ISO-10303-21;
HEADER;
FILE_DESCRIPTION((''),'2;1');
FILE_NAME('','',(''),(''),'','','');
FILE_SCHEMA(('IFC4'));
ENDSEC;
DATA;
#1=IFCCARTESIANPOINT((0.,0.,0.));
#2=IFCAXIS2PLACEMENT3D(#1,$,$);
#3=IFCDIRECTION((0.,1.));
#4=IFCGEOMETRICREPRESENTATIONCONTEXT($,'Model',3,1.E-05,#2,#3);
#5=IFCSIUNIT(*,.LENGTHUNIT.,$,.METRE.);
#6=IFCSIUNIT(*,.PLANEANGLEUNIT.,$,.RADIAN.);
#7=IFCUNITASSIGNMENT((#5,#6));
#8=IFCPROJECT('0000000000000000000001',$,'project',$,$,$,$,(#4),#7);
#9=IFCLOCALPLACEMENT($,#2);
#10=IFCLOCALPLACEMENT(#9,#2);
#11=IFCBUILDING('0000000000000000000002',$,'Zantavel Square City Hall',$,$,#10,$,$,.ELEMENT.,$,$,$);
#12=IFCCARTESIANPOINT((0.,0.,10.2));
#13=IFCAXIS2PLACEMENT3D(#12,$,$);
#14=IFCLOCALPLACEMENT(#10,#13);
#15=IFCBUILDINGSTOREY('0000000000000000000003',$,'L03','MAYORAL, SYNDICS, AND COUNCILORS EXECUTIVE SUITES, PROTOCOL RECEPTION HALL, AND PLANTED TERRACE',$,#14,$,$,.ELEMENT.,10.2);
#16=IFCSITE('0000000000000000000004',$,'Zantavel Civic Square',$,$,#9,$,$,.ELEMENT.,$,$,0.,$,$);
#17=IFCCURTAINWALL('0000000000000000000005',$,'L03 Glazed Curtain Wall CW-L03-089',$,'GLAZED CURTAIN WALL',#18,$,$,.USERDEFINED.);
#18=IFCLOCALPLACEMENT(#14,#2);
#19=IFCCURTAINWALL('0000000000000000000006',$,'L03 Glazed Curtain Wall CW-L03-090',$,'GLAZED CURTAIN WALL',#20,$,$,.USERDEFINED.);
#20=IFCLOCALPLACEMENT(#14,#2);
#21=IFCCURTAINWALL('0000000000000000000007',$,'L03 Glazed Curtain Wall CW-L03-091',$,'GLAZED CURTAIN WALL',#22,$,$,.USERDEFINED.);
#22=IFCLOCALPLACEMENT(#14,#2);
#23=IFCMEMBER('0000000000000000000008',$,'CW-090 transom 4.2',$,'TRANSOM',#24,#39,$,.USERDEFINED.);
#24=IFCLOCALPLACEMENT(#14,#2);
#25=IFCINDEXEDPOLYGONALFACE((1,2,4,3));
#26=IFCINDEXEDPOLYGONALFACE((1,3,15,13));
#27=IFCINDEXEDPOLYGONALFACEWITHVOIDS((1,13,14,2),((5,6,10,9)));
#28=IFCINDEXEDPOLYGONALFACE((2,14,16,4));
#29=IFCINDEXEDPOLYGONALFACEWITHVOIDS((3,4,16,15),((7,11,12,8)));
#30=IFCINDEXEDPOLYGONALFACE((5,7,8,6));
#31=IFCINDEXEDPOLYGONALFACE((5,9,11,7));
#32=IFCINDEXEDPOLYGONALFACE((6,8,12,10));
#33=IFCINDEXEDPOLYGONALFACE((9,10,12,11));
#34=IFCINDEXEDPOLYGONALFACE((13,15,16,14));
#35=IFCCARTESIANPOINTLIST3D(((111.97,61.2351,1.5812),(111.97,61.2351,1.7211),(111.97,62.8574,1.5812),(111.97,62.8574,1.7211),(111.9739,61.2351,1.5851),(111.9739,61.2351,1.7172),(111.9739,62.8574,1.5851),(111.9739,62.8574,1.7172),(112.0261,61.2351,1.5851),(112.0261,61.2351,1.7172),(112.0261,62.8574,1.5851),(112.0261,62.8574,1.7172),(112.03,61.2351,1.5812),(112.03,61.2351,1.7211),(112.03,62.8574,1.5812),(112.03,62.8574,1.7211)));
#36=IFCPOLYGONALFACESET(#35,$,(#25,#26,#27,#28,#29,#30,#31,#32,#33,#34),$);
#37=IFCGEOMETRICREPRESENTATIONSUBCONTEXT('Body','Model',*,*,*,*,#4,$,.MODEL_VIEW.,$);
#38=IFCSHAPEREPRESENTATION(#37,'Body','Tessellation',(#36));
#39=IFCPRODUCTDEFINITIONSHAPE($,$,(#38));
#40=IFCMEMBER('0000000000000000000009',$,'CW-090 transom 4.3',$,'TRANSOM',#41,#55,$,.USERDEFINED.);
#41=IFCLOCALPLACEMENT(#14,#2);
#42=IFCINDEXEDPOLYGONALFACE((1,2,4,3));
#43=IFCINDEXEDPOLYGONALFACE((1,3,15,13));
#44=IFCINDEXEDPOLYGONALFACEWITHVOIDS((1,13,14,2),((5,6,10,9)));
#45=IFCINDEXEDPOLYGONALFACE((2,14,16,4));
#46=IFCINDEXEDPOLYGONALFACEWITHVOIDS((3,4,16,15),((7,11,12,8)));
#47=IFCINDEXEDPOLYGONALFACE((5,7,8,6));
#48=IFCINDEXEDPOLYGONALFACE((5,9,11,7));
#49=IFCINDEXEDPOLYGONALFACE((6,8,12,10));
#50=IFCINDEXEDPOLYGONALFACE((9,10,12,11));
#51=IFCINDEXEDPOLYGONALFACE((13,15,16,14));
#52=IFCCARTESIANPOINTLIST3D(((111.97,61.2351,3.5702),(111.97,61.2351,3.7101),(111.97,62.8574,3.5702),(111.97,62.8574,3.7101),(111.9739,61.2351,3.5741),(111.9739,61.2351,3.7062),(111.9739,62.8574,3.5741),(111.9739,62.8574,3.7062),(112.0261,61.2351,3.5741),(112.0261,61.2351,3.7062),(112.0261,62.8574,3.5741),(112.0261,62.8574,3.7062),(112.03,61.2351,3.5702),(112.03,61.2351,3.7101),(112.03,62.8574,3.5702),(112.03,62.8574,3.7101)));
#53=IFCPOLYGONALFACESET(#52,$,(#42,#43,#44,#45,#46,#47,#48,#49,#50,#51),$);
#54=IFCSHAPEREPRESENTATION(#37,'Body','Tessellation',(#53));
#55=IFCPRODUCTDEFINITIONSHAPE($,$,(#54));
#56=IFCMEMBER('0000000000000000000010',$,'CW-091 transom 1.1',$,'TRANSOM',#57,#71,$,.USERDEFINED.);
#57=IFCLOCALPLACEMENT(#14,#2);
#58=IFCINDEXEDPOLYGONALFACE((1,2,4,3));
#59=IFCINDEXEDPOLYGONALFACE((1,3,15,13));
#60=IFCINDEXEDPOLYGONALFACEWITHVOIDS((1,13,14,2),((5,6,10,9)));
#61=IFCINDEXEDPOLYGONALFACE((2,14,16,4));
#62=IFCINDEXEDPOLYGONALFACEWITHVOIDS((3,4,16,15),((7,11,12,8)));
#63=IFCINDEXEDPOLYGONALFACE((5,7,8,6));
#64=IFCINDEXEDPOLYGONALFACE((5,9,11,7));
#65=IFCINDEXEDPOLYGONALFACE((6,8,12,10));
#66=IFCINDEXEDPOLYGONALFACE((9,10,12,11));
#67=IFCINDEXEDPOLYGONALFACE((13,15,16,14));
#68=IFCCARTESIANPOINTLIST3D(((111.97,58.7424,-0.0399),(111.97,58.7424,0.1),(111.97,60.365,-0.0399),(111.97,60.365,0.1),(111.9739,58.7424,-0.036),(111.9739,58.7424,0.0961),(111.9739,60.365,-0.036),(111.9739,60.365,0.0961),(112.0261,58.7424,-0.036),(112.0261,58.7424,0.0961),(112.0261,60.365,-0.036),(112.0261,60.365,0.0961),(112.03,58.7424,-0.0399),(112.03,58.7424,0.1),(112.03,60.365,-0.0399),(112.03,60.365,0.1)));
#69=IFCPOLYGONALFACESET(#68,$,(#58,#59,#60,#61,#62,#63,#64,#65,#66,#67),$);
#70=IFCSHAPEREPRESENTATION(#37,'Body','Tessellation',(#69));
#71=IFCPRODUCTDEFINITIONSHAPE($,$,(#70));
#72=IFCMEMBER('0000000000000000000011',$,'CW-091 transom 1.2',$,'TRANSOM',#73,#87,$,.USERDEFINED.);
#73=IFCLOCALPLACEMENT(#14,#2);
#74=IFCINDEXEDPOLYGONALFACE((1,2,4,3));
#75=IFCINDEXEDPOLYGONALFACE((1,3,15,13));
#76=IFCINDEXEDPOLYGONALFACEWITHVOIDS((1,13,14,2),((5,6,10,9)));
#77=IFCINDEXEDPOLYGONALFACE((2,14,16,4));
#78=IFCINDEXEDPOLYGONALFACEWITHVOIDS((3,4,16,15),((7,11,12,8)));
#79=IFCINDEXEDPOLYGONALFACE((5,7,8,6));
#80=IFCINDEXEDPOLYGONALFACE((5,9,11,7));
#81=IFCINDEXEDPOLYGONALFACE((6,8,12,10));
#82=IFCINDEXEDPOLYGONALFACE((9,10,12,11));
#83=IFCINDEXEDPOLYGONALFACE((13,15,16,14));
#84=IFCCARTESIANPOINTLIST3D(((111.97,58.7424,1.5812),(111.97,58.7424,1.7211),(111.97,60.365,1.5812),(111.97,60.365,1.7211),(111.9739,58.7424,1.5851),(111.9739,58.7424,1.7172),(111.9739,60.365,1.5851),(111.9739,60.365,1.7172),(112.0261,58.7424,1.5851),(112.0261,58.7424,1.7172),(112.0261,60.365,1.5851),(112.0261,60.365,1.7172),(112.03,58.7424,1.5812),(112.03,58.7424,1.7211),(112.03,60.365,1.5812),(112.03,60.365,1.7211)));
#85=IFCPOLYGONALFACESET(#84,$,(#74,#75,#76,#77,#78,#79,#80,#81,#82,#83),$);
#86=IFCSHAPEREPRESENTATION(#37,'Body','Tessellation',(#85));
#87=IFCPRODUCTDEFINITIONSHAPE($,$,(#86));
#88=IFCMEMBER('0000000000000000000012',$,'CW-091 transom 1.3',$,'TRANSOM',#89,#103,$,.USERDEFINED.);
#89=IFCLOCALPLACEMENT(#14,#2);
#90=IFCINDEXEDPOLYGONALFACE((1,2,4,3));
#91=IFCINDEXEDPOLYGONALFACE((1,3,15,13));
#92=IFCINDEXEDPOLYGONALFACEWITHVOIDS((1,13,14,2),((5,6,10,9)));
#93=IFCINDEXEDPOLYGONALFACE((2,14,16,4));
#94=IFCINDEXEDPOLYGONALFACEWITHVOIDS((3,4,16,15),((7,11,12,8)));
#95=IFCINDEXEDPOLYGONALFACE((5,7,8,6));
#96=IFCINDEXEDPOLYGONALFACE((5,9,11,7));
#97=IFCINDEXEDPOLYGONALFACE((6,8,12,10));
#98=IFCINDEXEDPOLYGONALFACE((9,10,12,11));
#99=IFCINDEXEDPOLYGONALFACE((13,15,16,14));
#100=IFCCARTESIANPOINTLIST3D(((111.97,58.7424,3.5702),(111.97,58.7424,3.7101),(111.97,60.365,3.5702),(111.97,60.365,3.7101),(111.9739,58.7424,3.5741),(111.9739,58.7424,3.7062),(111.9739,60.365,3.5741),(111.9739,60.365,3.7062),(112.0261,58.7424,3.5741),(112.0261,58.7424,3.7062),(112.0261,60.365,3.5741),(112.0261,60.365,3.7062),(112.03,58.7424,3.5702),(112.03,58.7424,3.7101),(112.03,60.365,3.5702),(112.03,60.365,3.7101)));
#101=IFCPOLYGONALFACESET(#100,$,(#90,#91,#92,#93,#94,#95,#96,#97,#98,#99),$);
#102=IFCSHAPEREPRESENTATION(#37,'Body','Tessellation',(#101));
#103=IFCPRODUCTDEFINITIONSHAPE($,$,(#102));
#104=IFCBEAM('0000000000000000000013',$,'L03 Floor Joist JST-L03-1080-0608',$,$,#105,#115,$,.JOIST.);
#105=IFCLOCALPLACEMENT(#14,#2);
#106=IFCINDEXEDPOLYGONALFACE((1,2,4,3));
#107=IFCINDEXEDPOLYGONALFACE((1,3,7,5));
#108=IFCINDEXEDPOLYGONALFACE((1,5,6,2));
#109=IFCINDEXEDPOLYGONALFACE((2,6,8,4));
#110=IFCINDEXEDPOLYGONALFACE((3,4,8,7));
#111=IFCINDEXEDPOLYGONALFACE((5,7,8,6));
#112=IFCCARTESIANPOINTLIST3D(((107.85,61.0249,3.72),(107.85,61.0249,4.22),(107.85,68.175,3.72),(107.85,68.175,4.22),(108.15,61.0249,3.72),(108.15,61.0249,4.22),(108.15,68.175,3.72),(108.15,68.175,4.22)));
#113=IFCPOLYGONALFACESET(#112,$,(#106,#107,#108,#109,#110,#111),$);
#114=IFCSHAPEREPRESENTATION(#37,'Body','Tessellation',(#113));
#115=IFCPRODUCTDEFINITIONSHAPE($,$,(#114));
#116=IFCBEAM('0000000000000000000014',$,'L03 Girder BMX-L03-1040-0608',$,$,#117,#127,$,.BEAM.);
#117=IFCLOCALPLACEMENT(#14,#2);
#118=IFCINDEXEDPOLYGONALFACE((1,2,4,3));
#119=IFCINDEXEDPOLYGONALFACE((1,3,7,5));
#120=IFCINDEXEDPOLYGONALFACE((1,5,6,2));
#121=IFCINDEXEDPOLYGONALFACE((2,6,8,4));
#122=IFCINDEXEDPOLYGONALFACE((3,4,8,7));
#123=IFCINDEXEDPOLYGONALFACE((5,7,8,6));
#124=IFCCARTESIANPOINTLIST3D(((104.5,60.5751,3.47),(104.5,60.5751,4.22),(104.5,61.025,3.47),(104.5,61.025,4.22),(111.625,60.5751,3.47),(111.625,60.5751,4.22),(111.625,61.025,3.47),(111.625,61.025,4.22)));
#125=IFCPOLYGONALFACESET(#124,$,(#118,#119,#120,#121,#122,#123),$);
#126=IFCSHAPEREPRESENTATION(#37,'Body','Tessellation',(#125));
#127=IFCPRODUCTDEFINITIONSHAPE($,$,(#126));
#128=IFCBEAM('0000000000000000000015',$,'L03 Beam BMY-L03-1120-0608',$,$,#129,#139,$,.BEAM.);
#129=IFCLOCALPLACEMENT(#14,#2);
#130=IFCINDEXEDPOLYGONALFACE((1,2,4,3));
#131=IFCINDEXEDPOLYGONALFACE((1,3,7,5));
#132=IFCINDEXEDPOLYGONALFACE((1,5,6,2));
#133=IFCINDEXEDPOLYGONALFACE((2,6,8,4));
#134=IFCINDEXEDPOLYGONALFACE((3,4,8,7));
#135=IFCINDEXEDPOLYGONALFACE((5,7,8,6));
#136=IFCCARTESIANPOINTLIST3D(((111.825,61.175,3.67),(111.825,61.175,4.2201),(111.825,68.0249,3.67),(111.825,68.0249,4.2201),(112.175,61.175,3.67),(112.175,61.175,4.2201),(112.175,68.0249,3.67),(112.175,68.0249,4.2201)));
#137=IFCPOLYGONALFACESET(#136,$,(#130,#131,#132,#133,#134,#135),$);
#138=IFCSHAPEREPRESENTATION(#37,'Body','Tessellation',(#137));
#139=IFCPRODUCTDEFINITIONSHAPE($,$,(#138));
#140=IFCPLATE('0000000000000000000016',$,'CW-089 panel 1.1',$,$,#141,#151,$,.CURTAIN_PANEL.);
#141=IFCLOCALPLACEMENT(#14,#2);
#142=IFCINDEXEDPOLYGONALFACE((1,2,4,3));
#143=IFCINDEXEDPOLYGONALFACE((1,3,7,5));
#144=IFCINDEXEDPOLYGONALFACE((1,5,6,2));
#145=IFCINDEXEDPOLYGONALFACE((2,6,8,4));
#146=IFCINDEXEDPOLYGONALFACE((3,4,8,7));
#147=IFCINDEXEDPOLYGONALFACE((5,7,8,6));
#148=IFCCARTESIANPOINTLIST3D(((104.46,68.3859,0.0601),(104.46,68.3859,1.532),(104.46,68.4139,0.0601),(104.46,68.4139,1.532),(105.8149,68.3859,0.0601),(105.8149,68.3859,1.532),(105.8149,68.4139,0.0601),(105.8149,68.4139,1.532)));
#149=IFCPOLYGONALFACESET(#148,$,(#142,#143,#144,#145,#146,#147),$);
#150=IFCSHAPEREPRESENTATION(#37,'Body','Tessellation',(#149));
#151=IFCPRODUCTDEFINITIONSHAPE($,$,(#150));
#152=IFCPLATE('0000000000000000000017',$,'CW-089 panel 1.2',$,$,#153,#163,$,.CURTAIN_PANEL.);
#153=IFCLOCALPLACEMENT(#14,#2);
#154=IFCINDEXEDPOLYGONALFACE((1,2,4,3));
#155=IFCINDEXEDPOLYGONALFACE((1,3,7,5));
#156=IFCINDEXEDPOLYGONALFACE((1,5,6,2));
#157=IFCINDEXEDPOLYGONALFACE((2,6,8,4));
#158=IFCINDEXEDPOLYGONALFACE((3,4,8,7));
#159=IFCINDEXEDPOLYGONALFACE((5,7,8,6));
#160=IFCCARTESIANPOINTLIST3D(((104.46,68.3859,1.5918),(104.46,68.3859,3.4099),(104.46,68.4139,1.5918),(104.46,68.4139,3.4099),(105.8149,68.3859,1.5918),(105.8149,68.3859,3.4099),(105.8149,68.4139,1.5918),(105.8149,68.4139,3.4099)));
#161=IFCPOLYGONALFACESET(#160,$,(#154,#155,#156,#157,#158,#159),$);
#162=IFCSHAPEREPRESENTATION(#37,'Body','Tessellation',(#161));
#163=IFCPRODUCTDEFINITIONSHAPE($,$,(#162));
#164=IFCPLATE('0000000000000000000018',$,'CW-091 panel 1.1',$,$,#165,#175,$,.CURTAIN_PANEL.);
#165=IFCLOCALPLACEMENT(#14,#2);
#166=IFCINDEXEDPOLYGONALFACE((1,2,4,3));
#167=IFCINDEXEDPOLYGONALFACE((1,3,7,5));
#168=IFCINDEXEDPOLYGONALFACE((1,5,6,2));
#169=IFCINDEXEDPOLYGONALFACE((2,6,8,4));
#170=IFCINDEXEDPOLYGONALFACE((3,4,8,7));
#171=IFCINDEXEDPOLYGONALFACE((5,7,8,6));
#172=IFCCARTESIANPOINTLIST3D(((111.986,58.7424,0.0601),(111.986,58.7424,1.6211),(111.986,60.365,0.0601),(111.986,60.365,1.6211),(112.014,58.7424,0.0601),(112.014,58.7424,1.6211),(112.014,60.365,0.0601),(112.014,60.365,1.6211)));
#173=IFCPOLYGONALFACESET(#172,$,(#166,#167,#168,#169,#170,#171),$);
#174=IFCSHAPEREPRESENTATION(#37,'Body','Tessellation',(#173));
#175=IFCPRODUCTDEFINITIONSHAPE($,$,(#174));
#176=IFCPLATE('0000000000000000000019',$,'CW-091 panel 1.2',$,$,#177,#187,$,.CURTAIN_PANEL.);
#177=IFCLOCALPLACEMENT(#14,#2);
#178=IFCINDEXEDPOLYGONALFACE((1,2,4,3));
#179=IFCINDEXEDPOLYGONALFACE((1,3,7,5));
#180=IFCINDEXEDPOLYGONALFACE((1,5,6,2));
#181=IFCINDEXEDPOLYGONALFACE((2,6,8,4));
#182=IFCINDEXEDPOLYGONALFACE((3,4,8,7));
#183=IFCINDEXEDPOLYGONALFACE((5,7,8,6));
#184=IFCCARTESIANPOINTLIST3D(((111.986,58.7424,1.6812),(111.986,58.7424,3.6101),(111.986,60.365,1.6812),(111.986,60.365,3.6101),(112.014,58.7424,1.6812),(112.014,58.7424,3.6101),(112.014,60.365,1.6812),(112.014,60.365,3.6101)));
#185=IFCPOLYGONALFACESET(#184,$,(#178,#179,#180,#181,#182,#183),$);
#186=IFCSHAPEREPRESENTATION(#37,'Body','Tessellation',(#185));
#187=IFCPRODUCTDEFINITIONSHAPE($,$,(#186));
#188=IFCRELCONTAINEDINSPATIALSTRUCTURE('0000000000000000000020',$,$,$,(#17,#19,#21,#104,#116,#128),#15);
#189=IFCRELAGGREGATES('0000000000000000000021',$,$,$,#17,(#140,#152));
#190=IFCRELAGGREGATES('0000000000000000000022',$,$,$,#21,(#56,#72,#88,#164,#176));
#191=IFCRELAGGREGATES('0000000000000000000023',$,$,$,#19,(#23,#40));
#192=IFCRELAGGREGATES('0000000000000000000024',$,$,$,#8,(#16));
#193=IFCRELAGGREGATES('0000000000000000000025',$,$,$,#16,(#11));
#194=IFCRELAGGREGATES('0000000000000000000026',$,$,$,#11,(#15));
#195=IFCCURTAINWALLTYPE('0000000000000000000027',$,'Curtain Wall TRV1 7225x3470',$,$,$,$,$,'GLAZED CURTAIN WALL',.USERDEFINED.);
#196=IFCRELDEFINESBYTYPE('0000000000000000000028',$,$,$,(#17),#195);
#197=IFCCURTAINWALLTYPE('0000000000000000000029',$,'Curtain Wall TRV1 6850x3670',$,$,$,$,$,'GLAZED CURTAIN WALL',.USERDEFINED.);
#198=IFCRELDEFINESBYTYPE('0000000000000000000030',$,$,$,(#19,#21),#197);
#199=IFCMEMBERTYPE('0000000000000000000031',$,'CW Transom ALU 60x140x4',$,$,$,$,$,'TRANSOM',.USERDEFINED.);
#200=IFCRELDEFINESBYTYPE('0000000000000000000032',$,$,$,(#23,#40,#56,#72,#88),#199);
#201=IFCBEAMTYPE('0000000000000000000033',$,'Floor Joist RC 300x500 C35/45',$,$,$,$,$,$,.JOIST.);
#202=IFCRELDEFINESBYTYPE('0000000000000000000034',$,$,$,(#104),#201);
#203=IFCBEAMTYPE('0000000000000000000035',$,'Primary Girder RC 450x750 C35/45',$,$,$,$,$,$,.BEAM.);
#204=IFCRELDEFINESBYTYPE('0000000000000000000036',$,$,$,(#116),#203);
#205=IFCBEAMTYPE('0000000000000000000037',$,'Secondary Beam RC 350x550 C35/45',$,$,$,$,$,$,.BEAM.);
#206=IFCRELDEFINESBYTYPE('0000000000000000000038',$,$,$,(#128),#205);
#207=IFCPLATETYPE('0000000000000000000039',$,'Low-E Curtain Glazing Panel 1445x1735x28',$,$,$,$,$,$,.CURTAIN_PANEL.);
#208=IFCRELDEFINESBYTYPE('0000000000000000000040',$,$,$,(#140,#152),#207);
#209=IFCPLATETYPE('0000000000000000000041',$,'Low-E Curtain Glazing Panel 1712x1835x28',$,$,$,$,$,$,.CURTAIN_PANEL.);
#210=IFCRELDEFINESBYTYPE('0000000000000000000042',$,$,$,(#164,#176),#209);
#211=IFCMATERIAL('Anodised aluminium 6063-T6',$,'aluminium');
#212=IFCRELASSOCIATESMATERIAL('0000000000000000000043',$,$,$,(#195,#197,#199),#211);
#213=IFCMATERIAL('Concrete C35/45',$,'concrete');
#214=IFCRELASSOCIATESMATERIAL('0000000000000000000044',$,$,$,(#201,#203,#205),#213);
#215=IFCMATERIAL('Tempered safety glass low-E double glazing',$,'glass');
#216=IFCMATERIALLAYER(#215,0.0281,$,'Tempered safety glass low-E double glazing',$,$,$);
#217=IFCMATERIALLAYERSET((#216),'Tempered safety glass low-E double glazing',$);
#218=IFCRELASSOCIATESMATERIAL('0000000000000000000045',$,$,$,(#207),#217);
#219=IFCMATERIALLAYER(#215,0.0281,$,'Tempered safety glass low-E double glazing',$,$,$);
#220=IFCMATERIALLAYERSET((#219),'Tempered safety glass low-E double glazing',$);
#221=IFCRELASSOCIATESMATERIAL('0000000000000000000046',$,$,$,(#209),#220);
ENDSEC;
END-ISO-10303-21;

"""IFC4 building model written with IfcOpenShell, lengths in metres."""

from ifc_helpers import new_model, si_unit, direction, frame, origin, origin_2d, place, context, subcontext, project, spatial, rectangle, hollow_rectangle, extrude, material, layer, layer_set, material_profile, profile_set, type_object, element, aggregate, save


model = new_model("IFC4")

# Units and contexts
model_context = context("Model", 3, precision=1e-05, world=origin(), true_north=direction((0.0, 1.0)))
body_context = subcontext(model_context, "Body", "Model", "MODEL_VIEW")
ifc_project = project(units=[si_unit("LENGTHUNIT", "METRE"), si_unit("PLANEANGLEUNIT", "RADIAN")], contexts=[model_context])

# Site, building, storey
site_placement = place(None, origin())
site = spatial("IfcSite", under=ifc_project, at=site_placement, Name="Zantavel Civic Square", CompositionType="ELEMENT", RefElevation=0.0)
building_placement = place(site_placement, origin())
building = spatial("IfcBuilding", under=site, at=building_placement, Name="Zantavel Square City Hall", CompositionType="ELEMENT")
storey_placement = place(building_placement, frame((0.0, 0.0, 10.2)))
storey = spatial("IfcBuildingStorey", under=building, at=storey_placement, Name="L03", Description="MAYORAL, SYNDICS, AND COUNCILORS EXECUTIVE SUITES, PROTOCOL RECEPTION HALL, AND PLANTED TERRACE", CompositionType="ELEMENT", Elevation=10.2)

# Curtain wall
ifc_material_1 = material(Name="Anodised aluminium 6063-T6", Category="aluminium")
curtain_wall_type_1 = type_object("IfcCurtainWallType", Name="Curtain Wall TRV1 7225x3470", ElementType="GLAZED CURTAIN WALL", PredefinedType="USERDEFINED", material=ifc_material_1)
curtain_wall_1_placement = place(storey_placement, origin())
curtain_wall_1 = element("IfcCurtainWall", 1, at=curtain_wall_1_placement, inside=storey, type_object=curtain_wall_type_1, Name="L03 Glazed Curtain Wall CW-L03-089", ObjectType="GLAZED CURTAIN WALL", PredefinedType="USERDEFINED")

# Curtain wall
curtain_wall_type_2 = type_object("IfcCurtainWallType", Name="Curtain Wall TRV1 6850x3670", ElementType="GLAZED CURTAIN WALL", PredefinedType="USERDEFINED", material=ifc_material_1)
curtain_wall_2_placement = place(storey_placement, origin())
curtain_wall_2 = element("IfcCurtainWall", 2, at=curtain_wall_2_placement, inside=storey, type_object=curtain_wall_type_2, Name="L03 Glazed Curtain Wall CW-L03-090", ObjectType="GLAZED CURTAIN WALL", PredefinedType="USERDEFINED")

# Curtain wall
curtain_wall_3_placement = place(storey_placement, origin())
curtain_wall_3 = element("IfcCurtainWall", 3, at=curtain_wall_3_placement, inside=storey, type_object=curtain_wall_type_2, Name="L03 Glazed Curtain Wall CW-L03-091", ObjectType="GLAZED CURTAIN WALL", PredefinedType="USERDEFINED")

# Members
ifc_material_profile_1 = material_profile(ifc_material_1, hollow_rectangle(XDim=0.0601, YDim=0.1399, WallThickness=0.0039, at=origin_2d()), Name="ALU 60x140x4")
ifc_profile_set_1 = profile_set([ifc_material_profile_1], Name="Anodised aluminium 6063-T6")
member_type_1 = type_object("IfcMemberType", Name="CW Transom ALU 60x140x4", ElementType="TRANSOM", PredefinedType="USERDEFINED", material=ifc_profile_set_1)
member_1_placement = place(storey_placement, frame((112.0, 62.8574, 1.6511), z_axis=(0.0, -1.0, 0.0), x_axis=(1.0, 0.0, 0.0)))
member_1 = element("IfcMember", 4, at=member_1_placement, type_object=member_type_1, Name="CW-090 transom 4.2", ObjectType="TRANSOM", PredefinedType="USERDEFINED", context=body_context, shape_type="SweptSolid", body=[
    extrude(hollow_rectangle(XDim=0.0601, YDim=0.1399, WallThickness=0.0039, at=origin_2d()), origin(), (0.0, 0.0, 1.0), 1.6223),
])
member_2_placement = place(storey_placement, frame((112.0, 62.8574, 3.6401), z_axis=(0.0, -1.0, 0.0), x_axis=(1.0, 0.0, 0.0)))
member_2 = element("IfcMember", 5, at=member_2_placement, type_object=member_type_1, Name="CW-090 transom 4.3", ObjectType="TRANSOM", PredefinedType="USERDEFINED", context=body_context, shape_type="SweptSolid", body=[
    extrude(hollow_rectangle(XDim=0.0601, YDim=0.1399, WallThickness=0.0039, at=origin_2d()), origin(), (0.0, 0.0, 1.0), 1.6223),
])
member_3_placement = place(storey_placement, frame((112.0, 60.365, 0.03), z_axis=(0.0, -1.0, 0.0), x_axis=(1.0, 0.0, 0.0)))
member_3 = element("IfcMember", 6, at=member_3_placement, type_object=member_type_1, Name="CW-091 transom 1.1", ObjectType="TRANSOM", PredefinedType="USERDEFINED", context=body_context, shape_type="SweptSolid", body=[
    extrude(hollow_rectangle(XDim=0.0601, YDim=0.1399, WallThickness=0.0039, at=origin_2d()), origin(), (0.0, 0.0, 1.0), 1.6226),
])
member_4_placement = place(storey_placement, frame((112.0, 60.365, 1.6511), z_axis=(0.0, -1.0, 0.0), x_axis=(1.0, 0.0, 0.0)))
member_4 = element("IfcMember", 7, at=member_4_placement, type_object=member_type_1, Name="CW-091 transom 1.2", ObjectType="TRANSOM", PredefinedType="USERDEFINED", context=body_context, shape_type="SweptSolid", body=[
    extrude(hollow_rectangle(XDim=0.0601, YDim=0.1399, WallThickness=0.0039, at=origin_2d()), origin(), (0.0, 0.0, 1.0), 1.6226),
])
member_5_placement = place(storey_placement, frame((112.0, 60.365, 3.6401), z_axis=(0.0, -1.0, 0.0), x_axis=(1.0, 0.0, 0.0)))
member_5 = element("IfcMember", 8, at=member_5_placement, type_object=member_type_1, Name="CW-091 transom 1.3", ObjectType="TRANSOM", PredefinedType="USERDEFINED", context=body_context, shape_type="SweptSolid", body=[
    extrude(hollow_rectangle(XDim=0.0601, YDim=0.1399, WallThickness=0.0039, at=origin_2d()), origin(), (0.0, 0.0, 1.0), 1.6226),
])

# Beams
ifc_material_2 = material(Name="Concrete C35/45", Category="concrete")
ifc_material_profile_2 = material_profile(ifc_material_2, rectangle(XDim=0.3, YDim=0.5, at=origin_2d()), Name="RC 300x500")
ifc_profile_set_2 = profile_set([ifc_material_profile_2], Name="Concrete C35/45")
beam_type_1 = type_object("IfcBeamType", Name="Floor Joist RC 300x500 C35/45", PredefinedType="JOIST", material=ifc_profile_set_2)
beam_1_placement = place(storey_placement, frame((108.0, 61.0249, 3.97), z_axis=(0.0, 1.0, 0.0), x_axis=(-1.0, 0.0, 0.0)))
element("IfcBeam", 9, at=beam_1_placement, inside=storey, type_object=beam_type_1, Name="L03 Floor Joist JST-L03-1080-0608", PredefinedType="JOIST", context=body_context, shape_type="SweptSolid", body=[
    extrude(rectangle(XDim=0.3, YDim=0.5, at=origin_2d()), origin(), (0.0, 0.0, 1.0), 7.1501),
])
ifc_material_profile_3 = material_profile(ifc_material_2, rectangle(XDim=0.45, YDim=0.75, at=origin_2d()), Name="RC 450x750")
ifc_profile_set_3 = profile_set([ifc_material_profile_3], Name="Concrete C35/45")
beam_type_2 = type_object("IfcBeamType", Name="Primary Girder RC 450x750 C35/45", PredefinedType="BEAM", material=ifc_profile_set_3)
beam_2_placement = place(storey_placement, frame((104.5, 60.8, 3.845), z_axis=(1.0, 0.0, 0.0), x_axis=(0.0, 1.0, 0.0)))
element("IfcBeam", 10, at=beam_2_placement, inside=storey, type_object=beam_type_2, Name="L03 Girder BMX-L03-1040-0608", PredefinedType="BEAM", context=body_context, shape_type="SweptSolid", body=[
    extrude(rectangle(XDim=0.45, YDim=0.75, at=origin_2d()), origin(), (0.0, 0.0, 1.0), 7.125),
])
ifc_material_profile_4 = material_profile(ifc_material_2, rectangle(XDim=0.3501, YDim=0.55, at=origin_2d()), Name="RC 350x550")
ifc_profile_set_4 = profile_set([ifc_material_profile_4], Name="Concrete C35/45")
beam_type_3 = type_object("IfcBeamType", Name="Secondary Beam RC 350x550 C35/45", PredefinedType="BEAM", material=ifc_profile_set_4)
beam_3_placement = place(storey_placement, frame((112.0, 61.175, 3.9451), z_axis=(0.0, 1.0, 0.0), x_axis=(-1.0, 0.0, 0.0)))
element("IfcBeam", 11, at=beam_3_placement, inside=storey, type_object=beam_type_3, Name="L03 Beam BMY-L03-1120-0608", PredefinedType="BEAM", context=body_context, shape_type="SweptSolid", body=[
    extrude(rectangle(XDim=0.3501, YDim=0.55, at=origin_2d()), origin(), (0.0, 0.0, 1.0), 6.8499),
])

# Plates
ifc_material_3 = material(Name="Tempered safety glass low-E double glazing", Category="glass")
ifc_layer_1 = layer(ifc_material_3, 0.0281, Name="Tempered safety glass low-E double glazing")
ifc_layer_set_1 = layer_set([ifc_layer_1], Name="Tempered safety glass low-E double glazing")
plate_type_1 = type_object("IfcPlateType", Name="Low-E Curtain Glazing Panel 1445x1735x28", PredefinedType="CURTAIN_PANEL", material=ifc_layer_set_1)
plate_1_placement = place(storey_placement, frame((105.1375, 68.3999, 0.0601), z_axis=(0.0, 0.0, 1.0), x_axis=(1.0, 0.0, 0.0)))
plate_1 = element("IfcPlate", 12, at=plate_1_placement, type_object=plate_type_1, Name="CW-089 panel 1.1", PredefinedType="CURTAIN_PANEL", context=body_context, shape_type="SweptSolid", body=[
    extrude(rectangle(XDim=1.355, YDim=0.0281, at=origin_2d()), origin(), (0.0, 0.0, 1.0), 1.4719),
])
plate_2_placement = place(storey_placement, frame((105.1375, 68.3999, 1.5918), z_axis=(0.0, 0.0, 1.0), x_axis=(1.0, 0.0, 0.0)))
plate_2 = element("IfcPlate", 13, at=plate_2_placement, type_object=plate_type_1, Name="CW-089 panel 1.2", PredefinedType="CURTAIN_PANEL", context=body_context, shape_type="SweptSolid", body=[
    extrude(rectangle(XDim=1.355, YDim=0.0281, at=origin_2d()), origin(), (0.0, 0.0, 1.0), 1.8181),
])
aggregate(curtain_wall_1, [plate_1, plate_2])
ifc_layer_2 = layer(ifc_material_3, 0.0281, Name="Tempered safety glass low-E double glazing")
ifc_layer_set_2 = layer_set([ifc_layer_2], Name="Tempered safety glass low-E double glazing")
plate_type_2 = type_object("IfcPlateType", Name="Low-E Curtain Glazing Panel 1712x1835x28", PredefinedType="CURTAIN_PANEL", material=ifc_layer_set_2)
plate_3_placement = place(storey_placement, frame((112.0, 59.5537, 0.0601), z_axis=(0.0, 0.0, 1.0), x_axis=(0.0, -1.0, 0.0)))
plate_3 = element("IfcPlate", 14, at=plate_3_placement, type_object=plate_type_2, Name="CW-091 panel 1.1", PredefinedType="CURTAIN_PANEL", context=body_context, shape_type="SweptSolid", body=[
    extrude(rectangle(XDim=1.6226, YDim=0.0281, at=origin_2d()), origin(), (0.0, 0.0, 1.0), 1.561),
])
plate_4_placement = place(storey_placement, frame((112.0, 59.5537, 1.6812), z_axis=(0.0, 0.0, 1.0), x_axis=(0.0, -1.0, 0.0)))
plate_4 = element("IfcPlate", 15, at=plate_4_placement, type_object=plate_type_2, Name="CW-091 panel 1.2", PredefinedType="CURTAIN_PANEL", context=body_context, shape_type="SweptSolid", body=[
    extrude(rectangle(XDim=1.6226, YDim=0.0281, at=origin_2d()), origin(), (0.0, 0.0, 1.0), 1.929),
])
aggregate(curtain_wall_3, [member_3, member_4, member_5, plate_3, plate_4])
aggregate(curtain_wall_2, [member_1, member_2])

save(model, "model.ifc")
